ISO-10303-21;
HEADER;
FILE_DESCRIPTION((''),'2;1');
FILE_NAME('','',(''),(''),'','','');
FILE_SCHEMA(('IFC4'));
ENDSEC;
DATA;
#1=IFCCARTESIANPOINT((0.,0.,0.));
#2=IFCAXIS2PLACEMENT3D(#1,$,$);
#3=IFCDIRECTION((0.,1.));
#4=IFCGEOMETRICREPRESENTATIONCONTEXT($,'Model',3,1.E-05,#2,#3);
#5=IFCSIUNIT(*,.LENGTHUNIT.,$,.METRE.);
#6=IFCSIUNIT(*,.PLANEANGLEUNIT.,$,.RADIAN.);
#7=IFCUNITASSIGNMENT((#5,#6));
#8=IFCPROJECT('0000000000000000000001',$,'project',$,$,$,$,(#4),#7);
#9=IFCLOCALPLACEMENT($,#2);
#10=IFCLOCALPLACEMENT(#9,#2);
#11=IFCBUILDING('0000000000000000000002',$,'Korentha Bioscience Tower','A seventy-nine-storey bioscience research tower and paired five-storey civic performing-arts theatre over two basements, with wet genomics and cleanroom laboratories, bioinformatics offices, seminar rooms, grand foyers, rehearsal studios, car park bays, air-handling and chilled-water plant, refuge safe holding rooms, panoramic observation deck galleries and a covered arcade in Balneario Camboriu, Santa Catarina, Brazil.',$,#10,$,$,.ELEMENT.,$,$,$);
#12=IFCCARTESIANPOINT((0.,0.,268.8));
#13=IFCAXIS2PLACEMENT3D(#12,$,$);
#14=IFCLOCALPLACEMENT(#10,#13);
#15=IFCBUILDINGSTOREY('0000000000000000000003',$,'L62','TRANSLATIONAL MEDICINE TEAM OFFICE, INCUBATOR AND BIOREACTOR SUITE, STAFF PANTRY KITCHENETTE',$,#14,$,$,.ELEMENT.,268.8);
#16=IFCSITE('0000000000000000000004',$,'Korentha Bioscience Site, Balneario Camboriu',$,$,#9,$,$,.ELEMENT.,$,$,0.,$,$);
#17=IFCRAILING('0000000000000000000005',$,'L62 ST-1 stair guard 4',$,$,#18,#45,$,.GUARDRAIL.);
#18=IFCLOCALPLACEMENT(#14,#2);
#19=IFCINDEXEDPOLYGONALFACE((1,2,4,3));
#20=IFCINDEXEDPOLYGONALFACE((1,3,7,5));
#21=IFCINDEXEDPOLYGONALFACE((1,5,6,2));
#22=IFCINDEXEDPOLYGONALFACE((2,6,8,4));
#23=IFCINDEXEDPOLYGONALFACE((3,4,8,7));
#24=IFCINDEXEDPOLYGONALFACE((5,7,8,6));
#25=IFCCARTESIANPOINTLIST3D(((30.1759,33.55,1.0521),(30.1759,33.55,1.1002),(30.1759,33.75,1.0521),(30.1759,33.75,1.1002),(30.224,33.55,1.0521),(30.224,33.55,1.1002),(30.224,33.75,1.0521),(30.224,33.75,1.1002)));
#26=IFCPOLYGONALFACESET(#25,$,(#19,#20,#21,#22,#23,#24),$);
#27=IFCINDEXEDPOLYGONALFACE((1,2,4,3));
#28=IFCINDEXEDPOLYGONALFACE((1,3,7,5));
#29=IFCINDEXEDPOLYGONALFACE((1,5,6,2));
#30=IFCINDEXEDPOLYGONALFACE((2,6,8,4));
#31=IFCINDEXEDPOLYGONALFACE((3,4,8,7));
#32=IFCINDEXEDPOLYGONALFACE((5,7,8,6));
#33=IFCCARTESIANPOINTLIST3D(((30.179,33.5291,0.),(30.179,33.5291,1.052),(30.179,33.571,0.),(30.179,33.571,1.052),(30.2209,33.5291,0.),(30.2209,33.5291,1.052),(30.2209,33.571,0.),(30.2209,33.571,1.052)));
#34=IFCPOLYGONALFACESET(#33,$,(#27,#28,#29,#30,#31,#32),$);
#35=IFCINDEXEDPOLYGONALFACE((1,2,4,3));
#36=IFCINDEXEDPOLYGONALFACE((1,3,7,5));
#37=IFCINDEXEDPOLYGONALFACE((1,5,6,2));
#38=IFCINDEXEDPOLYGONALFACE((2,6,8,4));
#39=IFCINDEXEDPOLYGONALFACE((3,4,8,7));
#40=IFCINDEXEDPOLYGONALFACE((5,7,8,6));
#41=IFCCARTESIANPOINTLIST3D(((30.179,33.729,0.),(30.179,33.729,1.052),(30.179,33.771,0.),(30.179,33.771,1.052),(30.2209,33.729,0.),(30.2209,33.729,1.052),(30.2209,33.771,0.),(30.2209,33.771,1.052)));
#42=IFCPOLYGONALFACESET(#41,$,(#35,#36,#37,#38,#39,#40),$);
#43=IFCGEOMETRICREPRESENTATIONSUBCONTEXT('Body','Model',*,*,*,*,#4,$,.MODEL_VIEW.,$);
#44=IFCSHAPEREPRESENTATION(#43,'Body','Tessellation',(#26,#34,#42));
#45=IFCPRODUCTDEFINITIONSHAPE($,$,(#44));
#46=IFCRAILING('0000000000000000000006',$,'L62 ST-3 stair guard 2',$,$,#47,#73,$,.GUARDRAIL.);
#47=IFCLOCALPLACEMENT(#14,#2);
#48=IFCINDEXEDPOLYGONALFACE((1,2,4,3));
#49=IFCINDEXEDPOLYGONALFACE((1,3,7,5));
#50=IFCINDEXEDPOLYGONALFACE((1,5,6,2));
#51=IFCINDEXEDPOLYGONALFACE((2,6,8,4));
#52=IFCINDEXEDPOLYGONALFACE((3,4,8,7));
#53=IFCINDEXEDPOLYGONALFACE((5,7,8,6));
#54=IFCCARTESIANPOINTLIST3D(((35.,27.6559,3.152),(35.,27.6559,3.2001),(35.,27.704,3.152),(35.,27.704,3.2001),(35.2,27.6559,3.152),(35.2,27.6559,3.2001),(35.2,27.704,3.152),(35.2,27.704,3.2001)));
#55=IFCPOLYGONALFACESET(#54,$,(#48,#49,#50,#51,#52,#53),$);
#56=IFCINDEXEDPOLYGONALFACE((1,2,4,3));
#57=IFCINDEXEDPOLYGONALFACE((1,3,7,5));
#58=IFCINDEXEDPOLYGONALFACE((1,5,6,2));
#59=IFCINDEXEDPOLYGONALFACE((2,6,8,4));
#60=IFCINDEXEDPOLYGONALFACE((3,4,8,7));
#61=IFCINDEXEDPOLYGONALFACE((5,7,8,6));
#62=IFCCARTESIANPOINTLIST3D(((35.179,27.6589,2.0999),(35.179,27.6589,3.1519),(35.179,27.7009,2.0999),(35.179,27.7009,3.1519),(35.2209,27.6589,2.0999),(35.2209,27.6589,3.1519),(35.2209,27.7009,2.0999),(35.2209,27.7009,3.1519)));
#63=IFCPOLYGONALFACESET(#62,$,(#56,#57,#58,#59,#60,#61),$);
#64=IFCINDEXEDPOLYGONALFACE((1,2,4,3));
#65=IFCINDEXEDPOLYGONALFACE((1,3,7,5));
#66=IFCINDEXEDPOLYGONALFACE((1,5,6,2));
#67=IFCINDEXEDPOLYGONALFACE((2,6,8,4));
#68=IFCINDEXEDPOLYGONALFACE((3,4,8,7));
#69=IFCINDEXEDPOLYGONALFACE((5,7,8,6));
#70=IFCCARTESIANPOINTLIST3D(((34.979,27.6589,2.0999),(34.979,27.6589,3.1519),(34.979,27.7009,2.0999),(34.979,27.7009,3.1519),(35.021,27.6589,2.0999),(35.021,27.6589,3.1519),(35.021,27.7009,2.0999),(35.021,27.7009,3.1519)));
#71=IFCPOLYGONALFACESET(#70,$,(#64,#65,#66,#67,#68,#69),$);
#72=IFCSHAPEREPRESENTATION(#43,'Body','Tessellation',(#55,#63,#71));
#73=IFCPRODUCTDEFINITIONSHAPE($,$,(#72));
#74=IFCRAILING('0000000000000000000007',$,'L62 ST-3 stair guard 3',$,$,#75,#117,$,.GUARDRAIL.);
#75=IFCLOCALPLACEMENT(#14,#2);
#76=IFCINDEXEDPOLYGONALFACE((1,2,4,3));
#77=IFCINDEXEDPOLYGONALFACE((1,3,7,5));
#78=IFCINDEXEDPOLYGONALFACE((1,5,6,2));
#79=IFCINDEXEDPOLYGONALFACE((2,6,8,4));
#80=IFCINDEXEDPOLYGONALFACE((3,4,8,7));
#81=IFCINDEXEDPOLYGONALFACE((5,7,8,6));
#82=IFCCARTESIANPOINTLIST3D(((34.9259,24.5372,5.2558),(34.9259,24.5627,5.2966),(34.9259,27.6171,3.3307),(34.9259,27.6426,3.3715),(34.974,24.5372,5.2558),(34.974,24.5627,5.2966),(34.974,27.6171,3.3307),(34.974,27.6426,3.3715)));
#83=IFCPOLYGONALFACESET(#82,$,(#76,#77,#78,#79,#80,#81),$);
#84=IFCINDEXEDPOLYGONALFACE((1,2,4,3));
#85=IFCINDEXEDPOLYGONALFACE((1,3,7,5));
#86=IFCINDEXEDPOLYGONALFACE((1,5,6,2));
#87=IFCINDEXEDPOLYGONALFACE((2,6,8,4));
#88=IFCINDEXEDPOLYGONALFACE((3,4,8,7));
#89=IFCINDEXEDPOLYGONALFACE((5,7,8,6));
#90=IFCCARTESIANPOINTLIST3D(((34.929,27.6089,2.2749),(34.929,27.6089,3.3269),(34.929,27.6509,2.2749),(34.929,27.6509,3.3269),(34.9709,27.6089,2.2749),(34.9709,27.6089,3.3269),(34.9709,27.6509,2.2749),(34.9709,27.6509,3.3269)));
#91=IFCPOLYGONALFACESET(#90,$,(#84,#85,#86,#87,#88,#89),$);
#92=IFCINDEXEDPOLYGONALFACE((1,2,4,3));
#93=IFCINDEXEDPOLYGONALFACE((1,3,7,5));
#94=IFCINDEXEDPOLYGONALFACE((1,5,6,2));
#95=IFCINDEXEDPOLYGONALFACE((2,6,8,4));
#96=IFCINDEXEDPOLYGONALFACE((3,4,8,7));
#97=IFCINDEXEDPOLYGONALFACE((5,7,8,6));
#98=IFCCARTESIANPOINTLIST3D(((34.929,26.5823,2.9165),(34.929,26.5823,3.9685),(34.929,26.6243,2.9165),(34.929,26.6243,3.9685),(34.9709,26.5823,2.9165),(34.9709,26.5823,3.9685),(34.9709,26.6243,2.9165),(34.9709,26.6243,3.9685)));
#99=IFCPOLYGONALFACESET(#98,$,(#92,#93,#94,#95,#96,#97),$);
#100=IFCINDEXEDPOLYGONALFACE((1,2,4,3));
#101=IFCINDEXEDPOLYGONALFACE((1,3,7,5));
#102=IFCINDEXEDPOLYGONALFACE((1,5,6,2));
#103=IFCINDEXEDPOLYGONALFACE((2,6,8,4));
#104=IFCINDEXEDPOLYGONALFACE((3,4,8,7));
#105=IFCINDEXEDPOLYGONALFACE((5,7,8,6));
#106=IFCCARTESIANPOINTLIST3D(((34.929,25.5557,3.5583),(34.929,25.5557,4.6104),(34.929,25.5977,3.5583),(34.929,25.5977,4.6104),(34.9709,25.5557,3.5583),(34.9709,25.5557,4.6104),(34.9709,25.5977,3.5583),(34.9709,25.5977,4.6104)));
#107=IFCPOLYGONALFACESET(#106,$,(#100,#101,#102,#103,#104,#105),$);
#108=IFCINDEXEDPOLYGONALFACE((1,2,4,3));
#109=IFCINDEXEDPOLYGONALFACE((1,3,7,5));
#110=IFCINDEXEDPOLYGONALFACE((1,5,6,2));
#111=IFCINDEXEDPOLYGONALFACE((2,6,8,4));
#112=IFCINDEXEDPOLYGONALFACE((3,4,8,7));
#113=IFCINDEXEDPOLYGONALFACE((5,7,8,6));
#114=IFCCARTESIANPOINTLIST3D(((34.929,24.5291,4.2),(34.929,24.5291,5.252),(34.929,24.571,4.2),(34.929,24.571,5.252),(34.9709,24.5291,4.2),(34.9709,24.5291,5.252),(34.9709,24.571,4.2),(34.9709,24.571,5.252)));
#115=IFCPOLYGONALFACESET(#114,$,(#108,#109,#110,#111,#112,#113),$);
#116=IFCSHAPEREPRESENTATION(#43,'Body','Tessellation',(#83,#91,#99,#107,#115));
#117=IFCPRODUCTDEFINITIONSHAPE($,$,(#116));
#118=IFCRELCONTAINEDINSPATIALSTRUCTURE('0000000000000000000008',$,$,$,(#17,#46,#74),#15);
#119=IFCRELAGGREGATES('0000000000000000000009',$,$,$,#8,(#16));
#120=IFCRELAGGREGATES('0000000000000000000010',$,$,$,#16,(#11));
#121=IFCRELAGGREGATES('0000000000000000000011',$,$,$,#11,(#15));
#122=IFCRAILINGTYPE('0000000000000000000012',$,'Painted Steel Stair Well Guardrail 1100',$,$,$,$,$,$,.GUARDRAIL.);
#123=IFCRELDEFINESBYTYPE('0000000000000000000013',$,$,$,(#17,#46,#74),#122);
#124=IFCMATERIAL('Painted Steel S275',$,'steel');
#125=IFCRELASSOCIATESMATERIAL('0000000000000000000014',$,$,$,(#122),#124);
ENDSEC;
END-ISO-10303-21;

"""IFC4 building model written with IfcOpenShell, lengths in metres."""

from ifc_helpers import new_model, si_unit, direction, frame, origin, origin_2d, place, context, subcontext, project, spatial, rectangle, extrude, material, type_object, element, save


model = new_model("IFC4")

# Units and contexts
model_context = context("Model", 3, precision=1e-05, world=origin(), true_north=direction((0.0, 1.0)))
body_context = subcontext(model_context, "Body", "Model", "MODEL_VIEW")
ifc_project = project(units=[si_unit("LENGTHUNIT", "METRE"), si_unit("PLANEANGLEUNIT", "RADIAN")], contexts=[model_context])

# Site, building, storey
site_placement = place(None, origin())
site = spatial("IfcSite", under=ifc_project, at=site_placement, Name="Korentha Bioscience Site, Balneario Camboriu", CompositionType="ELEMENT", RefElevation=0.0)
building_placement = place(site_placement, origin())
building = spatial("IfcBuilding", under=site, at=building_placement, Name="Korentha Bioscience Tower", Description="A seventy-nine-storey bioscience research tower and paired five-storey civic performing-arts theatre over two basements, with wet genomics and cleanroom laboratories, bioinformatics offices, seminar rooms, grand foyers, rehearsal studios, car park bays, air-handling and chilled-water plant, refuge safe holding rooms, panoramic observation deck galleries and a covered arcade in Balneario Camboriu, Santa Catarina, Brazil.", CompositionType="ELEMENT")
storey_placement = place(building_placement, frame((0.0, 0.0, 268.8)))
storey = spatial("IfcBuildingStorey", under=building, at=storey_placement, Name="L62", Description="TRANSLATIONAL MEDICINE TEAM OFFICE, INCUBATOR AND BIOREACTOR SUITE, STAFF PANTRY KITCHENETTE", CompositionType="ELEMENT", Elevation=268.8)

# Railings
ifc_material_1 = material(Name="Painted Steel S275", Category="steel")
railing_type_1 = type_object("IfcRailingType", Name="Painted Steel Stair Well Guardrail 1100", PredefinedType="GUARDRAIL", material=ifc_material_1)
railing_1_placement = place(storey_placement, frame((30.2, 33.55, 0.0)))
element("IfcRailing", 1, at=railing_1_placement, inside=storey, type_object=railing_type_1, Name="L62 ST-1 stair guard 4", PredefinedType="GUARDRAIL", context=body_context, shape_type="SweptSolid", body=[
    extrude(rectangle(XDim=0.0481, YDim=0.0481, at=origin_2d()), frame((0.0, 0.0, 1.0762), z_axis=(0.0, 1.0, 0.0), x_axis=(-1.0, 0.0, 0.0)), (0.0, 0.0, 1.0), 0.2),
    extrude(rectangle(XDim=0.042, YDim=0.042, at=origin_2d()), origin(), (0.0, 0.0, 1.0), 1.052),
    extrude(rectangle(XDim=0.042, YDim=0.042, at=origin_2d()), frame((0.0, 0.2, 0.0)), (0.0, 0.0, 1.0), 1.052),
])
railing_2_placement = place(storey_placement, frame((35.2, 27.6799, 2.0999)))
element("IfcRailing", 2, at=railing_2_placement, inside=storey, type_object=railing_type_1, Name="L62 ST-3 stair guard 2", PredefinedType="GUARDRAIL", context=body_context, shape_type="SweptSolid", body=[
    extrude(rectangle(XDim=0.0481, YDim=0.0481, at=origin_2d()), frame((0.0, 0.0, 1.0762), z_axis=(-1.0, 0.0, 0.0), x_axis=(0.0, -1.0, 0.0)), (0.0, 0.0, 1.0), 0.2),
    extrude(rectangle(XDim=0.042, YDim=0.042, at=origin_2d()), origin(), (0.0, 0.0, 1.0), 1.052),
    extrude(rectangle(XDim=0.042, YDim=0.042, at=origin_2d()), frame((-0.2, 0.0, 0.0)), (0.0, 0.0, 1.0), 1.052),
])
railing_3_placement = place(storey_placement, frame((34.95, 27.6299, 2.2749)))
element("IfcRailing", 3, at=railing_3_placement, inside=storey, type_object=railing_type_1, Name="L62 ST-3 stair guard 3", PredefinedType="GUARDRAIL", context=body_context, shape_type="SweptSolid", body=[
    extrude(rectangle(XDim=0.0481, YDim=0.0481, at=origin_2d()), frame((0.0, 0.0, 1.0762), z_axis=(0.0, -0.847979, 0.530029), x_axis=(1.0, 0.0, 0.0)), (0.0, 0.0, 1.0), 3.6321),
    extrude(rectangle(XDim=0.042, YDim=0.042, at=origin_2d()), origin(), (0.0, 0.0, 1.0), 1.052),
    extrude(rectangle(XDim=0.042, YDim=0.042, at=origin_2d()), frame((0.0, -1.0266, 0.6416)), (0.0, 0.0, 1.0), 1.052),
    extrude(rectangle(XDim=0.042, YDim=0.042, at=origin_2d()), frame((0.0, -2.0532, 1.2834)), (0.0, 0.0, 1.0), 1.052),
    extrude(rectangle(XDim=0.042, YDim=0.042, at=origin_2d()), frame((0.0, -3.0798, 1.925)), (0.0, 0.0, 1.0), 1.052),
])

save(model, "model.ifc")
